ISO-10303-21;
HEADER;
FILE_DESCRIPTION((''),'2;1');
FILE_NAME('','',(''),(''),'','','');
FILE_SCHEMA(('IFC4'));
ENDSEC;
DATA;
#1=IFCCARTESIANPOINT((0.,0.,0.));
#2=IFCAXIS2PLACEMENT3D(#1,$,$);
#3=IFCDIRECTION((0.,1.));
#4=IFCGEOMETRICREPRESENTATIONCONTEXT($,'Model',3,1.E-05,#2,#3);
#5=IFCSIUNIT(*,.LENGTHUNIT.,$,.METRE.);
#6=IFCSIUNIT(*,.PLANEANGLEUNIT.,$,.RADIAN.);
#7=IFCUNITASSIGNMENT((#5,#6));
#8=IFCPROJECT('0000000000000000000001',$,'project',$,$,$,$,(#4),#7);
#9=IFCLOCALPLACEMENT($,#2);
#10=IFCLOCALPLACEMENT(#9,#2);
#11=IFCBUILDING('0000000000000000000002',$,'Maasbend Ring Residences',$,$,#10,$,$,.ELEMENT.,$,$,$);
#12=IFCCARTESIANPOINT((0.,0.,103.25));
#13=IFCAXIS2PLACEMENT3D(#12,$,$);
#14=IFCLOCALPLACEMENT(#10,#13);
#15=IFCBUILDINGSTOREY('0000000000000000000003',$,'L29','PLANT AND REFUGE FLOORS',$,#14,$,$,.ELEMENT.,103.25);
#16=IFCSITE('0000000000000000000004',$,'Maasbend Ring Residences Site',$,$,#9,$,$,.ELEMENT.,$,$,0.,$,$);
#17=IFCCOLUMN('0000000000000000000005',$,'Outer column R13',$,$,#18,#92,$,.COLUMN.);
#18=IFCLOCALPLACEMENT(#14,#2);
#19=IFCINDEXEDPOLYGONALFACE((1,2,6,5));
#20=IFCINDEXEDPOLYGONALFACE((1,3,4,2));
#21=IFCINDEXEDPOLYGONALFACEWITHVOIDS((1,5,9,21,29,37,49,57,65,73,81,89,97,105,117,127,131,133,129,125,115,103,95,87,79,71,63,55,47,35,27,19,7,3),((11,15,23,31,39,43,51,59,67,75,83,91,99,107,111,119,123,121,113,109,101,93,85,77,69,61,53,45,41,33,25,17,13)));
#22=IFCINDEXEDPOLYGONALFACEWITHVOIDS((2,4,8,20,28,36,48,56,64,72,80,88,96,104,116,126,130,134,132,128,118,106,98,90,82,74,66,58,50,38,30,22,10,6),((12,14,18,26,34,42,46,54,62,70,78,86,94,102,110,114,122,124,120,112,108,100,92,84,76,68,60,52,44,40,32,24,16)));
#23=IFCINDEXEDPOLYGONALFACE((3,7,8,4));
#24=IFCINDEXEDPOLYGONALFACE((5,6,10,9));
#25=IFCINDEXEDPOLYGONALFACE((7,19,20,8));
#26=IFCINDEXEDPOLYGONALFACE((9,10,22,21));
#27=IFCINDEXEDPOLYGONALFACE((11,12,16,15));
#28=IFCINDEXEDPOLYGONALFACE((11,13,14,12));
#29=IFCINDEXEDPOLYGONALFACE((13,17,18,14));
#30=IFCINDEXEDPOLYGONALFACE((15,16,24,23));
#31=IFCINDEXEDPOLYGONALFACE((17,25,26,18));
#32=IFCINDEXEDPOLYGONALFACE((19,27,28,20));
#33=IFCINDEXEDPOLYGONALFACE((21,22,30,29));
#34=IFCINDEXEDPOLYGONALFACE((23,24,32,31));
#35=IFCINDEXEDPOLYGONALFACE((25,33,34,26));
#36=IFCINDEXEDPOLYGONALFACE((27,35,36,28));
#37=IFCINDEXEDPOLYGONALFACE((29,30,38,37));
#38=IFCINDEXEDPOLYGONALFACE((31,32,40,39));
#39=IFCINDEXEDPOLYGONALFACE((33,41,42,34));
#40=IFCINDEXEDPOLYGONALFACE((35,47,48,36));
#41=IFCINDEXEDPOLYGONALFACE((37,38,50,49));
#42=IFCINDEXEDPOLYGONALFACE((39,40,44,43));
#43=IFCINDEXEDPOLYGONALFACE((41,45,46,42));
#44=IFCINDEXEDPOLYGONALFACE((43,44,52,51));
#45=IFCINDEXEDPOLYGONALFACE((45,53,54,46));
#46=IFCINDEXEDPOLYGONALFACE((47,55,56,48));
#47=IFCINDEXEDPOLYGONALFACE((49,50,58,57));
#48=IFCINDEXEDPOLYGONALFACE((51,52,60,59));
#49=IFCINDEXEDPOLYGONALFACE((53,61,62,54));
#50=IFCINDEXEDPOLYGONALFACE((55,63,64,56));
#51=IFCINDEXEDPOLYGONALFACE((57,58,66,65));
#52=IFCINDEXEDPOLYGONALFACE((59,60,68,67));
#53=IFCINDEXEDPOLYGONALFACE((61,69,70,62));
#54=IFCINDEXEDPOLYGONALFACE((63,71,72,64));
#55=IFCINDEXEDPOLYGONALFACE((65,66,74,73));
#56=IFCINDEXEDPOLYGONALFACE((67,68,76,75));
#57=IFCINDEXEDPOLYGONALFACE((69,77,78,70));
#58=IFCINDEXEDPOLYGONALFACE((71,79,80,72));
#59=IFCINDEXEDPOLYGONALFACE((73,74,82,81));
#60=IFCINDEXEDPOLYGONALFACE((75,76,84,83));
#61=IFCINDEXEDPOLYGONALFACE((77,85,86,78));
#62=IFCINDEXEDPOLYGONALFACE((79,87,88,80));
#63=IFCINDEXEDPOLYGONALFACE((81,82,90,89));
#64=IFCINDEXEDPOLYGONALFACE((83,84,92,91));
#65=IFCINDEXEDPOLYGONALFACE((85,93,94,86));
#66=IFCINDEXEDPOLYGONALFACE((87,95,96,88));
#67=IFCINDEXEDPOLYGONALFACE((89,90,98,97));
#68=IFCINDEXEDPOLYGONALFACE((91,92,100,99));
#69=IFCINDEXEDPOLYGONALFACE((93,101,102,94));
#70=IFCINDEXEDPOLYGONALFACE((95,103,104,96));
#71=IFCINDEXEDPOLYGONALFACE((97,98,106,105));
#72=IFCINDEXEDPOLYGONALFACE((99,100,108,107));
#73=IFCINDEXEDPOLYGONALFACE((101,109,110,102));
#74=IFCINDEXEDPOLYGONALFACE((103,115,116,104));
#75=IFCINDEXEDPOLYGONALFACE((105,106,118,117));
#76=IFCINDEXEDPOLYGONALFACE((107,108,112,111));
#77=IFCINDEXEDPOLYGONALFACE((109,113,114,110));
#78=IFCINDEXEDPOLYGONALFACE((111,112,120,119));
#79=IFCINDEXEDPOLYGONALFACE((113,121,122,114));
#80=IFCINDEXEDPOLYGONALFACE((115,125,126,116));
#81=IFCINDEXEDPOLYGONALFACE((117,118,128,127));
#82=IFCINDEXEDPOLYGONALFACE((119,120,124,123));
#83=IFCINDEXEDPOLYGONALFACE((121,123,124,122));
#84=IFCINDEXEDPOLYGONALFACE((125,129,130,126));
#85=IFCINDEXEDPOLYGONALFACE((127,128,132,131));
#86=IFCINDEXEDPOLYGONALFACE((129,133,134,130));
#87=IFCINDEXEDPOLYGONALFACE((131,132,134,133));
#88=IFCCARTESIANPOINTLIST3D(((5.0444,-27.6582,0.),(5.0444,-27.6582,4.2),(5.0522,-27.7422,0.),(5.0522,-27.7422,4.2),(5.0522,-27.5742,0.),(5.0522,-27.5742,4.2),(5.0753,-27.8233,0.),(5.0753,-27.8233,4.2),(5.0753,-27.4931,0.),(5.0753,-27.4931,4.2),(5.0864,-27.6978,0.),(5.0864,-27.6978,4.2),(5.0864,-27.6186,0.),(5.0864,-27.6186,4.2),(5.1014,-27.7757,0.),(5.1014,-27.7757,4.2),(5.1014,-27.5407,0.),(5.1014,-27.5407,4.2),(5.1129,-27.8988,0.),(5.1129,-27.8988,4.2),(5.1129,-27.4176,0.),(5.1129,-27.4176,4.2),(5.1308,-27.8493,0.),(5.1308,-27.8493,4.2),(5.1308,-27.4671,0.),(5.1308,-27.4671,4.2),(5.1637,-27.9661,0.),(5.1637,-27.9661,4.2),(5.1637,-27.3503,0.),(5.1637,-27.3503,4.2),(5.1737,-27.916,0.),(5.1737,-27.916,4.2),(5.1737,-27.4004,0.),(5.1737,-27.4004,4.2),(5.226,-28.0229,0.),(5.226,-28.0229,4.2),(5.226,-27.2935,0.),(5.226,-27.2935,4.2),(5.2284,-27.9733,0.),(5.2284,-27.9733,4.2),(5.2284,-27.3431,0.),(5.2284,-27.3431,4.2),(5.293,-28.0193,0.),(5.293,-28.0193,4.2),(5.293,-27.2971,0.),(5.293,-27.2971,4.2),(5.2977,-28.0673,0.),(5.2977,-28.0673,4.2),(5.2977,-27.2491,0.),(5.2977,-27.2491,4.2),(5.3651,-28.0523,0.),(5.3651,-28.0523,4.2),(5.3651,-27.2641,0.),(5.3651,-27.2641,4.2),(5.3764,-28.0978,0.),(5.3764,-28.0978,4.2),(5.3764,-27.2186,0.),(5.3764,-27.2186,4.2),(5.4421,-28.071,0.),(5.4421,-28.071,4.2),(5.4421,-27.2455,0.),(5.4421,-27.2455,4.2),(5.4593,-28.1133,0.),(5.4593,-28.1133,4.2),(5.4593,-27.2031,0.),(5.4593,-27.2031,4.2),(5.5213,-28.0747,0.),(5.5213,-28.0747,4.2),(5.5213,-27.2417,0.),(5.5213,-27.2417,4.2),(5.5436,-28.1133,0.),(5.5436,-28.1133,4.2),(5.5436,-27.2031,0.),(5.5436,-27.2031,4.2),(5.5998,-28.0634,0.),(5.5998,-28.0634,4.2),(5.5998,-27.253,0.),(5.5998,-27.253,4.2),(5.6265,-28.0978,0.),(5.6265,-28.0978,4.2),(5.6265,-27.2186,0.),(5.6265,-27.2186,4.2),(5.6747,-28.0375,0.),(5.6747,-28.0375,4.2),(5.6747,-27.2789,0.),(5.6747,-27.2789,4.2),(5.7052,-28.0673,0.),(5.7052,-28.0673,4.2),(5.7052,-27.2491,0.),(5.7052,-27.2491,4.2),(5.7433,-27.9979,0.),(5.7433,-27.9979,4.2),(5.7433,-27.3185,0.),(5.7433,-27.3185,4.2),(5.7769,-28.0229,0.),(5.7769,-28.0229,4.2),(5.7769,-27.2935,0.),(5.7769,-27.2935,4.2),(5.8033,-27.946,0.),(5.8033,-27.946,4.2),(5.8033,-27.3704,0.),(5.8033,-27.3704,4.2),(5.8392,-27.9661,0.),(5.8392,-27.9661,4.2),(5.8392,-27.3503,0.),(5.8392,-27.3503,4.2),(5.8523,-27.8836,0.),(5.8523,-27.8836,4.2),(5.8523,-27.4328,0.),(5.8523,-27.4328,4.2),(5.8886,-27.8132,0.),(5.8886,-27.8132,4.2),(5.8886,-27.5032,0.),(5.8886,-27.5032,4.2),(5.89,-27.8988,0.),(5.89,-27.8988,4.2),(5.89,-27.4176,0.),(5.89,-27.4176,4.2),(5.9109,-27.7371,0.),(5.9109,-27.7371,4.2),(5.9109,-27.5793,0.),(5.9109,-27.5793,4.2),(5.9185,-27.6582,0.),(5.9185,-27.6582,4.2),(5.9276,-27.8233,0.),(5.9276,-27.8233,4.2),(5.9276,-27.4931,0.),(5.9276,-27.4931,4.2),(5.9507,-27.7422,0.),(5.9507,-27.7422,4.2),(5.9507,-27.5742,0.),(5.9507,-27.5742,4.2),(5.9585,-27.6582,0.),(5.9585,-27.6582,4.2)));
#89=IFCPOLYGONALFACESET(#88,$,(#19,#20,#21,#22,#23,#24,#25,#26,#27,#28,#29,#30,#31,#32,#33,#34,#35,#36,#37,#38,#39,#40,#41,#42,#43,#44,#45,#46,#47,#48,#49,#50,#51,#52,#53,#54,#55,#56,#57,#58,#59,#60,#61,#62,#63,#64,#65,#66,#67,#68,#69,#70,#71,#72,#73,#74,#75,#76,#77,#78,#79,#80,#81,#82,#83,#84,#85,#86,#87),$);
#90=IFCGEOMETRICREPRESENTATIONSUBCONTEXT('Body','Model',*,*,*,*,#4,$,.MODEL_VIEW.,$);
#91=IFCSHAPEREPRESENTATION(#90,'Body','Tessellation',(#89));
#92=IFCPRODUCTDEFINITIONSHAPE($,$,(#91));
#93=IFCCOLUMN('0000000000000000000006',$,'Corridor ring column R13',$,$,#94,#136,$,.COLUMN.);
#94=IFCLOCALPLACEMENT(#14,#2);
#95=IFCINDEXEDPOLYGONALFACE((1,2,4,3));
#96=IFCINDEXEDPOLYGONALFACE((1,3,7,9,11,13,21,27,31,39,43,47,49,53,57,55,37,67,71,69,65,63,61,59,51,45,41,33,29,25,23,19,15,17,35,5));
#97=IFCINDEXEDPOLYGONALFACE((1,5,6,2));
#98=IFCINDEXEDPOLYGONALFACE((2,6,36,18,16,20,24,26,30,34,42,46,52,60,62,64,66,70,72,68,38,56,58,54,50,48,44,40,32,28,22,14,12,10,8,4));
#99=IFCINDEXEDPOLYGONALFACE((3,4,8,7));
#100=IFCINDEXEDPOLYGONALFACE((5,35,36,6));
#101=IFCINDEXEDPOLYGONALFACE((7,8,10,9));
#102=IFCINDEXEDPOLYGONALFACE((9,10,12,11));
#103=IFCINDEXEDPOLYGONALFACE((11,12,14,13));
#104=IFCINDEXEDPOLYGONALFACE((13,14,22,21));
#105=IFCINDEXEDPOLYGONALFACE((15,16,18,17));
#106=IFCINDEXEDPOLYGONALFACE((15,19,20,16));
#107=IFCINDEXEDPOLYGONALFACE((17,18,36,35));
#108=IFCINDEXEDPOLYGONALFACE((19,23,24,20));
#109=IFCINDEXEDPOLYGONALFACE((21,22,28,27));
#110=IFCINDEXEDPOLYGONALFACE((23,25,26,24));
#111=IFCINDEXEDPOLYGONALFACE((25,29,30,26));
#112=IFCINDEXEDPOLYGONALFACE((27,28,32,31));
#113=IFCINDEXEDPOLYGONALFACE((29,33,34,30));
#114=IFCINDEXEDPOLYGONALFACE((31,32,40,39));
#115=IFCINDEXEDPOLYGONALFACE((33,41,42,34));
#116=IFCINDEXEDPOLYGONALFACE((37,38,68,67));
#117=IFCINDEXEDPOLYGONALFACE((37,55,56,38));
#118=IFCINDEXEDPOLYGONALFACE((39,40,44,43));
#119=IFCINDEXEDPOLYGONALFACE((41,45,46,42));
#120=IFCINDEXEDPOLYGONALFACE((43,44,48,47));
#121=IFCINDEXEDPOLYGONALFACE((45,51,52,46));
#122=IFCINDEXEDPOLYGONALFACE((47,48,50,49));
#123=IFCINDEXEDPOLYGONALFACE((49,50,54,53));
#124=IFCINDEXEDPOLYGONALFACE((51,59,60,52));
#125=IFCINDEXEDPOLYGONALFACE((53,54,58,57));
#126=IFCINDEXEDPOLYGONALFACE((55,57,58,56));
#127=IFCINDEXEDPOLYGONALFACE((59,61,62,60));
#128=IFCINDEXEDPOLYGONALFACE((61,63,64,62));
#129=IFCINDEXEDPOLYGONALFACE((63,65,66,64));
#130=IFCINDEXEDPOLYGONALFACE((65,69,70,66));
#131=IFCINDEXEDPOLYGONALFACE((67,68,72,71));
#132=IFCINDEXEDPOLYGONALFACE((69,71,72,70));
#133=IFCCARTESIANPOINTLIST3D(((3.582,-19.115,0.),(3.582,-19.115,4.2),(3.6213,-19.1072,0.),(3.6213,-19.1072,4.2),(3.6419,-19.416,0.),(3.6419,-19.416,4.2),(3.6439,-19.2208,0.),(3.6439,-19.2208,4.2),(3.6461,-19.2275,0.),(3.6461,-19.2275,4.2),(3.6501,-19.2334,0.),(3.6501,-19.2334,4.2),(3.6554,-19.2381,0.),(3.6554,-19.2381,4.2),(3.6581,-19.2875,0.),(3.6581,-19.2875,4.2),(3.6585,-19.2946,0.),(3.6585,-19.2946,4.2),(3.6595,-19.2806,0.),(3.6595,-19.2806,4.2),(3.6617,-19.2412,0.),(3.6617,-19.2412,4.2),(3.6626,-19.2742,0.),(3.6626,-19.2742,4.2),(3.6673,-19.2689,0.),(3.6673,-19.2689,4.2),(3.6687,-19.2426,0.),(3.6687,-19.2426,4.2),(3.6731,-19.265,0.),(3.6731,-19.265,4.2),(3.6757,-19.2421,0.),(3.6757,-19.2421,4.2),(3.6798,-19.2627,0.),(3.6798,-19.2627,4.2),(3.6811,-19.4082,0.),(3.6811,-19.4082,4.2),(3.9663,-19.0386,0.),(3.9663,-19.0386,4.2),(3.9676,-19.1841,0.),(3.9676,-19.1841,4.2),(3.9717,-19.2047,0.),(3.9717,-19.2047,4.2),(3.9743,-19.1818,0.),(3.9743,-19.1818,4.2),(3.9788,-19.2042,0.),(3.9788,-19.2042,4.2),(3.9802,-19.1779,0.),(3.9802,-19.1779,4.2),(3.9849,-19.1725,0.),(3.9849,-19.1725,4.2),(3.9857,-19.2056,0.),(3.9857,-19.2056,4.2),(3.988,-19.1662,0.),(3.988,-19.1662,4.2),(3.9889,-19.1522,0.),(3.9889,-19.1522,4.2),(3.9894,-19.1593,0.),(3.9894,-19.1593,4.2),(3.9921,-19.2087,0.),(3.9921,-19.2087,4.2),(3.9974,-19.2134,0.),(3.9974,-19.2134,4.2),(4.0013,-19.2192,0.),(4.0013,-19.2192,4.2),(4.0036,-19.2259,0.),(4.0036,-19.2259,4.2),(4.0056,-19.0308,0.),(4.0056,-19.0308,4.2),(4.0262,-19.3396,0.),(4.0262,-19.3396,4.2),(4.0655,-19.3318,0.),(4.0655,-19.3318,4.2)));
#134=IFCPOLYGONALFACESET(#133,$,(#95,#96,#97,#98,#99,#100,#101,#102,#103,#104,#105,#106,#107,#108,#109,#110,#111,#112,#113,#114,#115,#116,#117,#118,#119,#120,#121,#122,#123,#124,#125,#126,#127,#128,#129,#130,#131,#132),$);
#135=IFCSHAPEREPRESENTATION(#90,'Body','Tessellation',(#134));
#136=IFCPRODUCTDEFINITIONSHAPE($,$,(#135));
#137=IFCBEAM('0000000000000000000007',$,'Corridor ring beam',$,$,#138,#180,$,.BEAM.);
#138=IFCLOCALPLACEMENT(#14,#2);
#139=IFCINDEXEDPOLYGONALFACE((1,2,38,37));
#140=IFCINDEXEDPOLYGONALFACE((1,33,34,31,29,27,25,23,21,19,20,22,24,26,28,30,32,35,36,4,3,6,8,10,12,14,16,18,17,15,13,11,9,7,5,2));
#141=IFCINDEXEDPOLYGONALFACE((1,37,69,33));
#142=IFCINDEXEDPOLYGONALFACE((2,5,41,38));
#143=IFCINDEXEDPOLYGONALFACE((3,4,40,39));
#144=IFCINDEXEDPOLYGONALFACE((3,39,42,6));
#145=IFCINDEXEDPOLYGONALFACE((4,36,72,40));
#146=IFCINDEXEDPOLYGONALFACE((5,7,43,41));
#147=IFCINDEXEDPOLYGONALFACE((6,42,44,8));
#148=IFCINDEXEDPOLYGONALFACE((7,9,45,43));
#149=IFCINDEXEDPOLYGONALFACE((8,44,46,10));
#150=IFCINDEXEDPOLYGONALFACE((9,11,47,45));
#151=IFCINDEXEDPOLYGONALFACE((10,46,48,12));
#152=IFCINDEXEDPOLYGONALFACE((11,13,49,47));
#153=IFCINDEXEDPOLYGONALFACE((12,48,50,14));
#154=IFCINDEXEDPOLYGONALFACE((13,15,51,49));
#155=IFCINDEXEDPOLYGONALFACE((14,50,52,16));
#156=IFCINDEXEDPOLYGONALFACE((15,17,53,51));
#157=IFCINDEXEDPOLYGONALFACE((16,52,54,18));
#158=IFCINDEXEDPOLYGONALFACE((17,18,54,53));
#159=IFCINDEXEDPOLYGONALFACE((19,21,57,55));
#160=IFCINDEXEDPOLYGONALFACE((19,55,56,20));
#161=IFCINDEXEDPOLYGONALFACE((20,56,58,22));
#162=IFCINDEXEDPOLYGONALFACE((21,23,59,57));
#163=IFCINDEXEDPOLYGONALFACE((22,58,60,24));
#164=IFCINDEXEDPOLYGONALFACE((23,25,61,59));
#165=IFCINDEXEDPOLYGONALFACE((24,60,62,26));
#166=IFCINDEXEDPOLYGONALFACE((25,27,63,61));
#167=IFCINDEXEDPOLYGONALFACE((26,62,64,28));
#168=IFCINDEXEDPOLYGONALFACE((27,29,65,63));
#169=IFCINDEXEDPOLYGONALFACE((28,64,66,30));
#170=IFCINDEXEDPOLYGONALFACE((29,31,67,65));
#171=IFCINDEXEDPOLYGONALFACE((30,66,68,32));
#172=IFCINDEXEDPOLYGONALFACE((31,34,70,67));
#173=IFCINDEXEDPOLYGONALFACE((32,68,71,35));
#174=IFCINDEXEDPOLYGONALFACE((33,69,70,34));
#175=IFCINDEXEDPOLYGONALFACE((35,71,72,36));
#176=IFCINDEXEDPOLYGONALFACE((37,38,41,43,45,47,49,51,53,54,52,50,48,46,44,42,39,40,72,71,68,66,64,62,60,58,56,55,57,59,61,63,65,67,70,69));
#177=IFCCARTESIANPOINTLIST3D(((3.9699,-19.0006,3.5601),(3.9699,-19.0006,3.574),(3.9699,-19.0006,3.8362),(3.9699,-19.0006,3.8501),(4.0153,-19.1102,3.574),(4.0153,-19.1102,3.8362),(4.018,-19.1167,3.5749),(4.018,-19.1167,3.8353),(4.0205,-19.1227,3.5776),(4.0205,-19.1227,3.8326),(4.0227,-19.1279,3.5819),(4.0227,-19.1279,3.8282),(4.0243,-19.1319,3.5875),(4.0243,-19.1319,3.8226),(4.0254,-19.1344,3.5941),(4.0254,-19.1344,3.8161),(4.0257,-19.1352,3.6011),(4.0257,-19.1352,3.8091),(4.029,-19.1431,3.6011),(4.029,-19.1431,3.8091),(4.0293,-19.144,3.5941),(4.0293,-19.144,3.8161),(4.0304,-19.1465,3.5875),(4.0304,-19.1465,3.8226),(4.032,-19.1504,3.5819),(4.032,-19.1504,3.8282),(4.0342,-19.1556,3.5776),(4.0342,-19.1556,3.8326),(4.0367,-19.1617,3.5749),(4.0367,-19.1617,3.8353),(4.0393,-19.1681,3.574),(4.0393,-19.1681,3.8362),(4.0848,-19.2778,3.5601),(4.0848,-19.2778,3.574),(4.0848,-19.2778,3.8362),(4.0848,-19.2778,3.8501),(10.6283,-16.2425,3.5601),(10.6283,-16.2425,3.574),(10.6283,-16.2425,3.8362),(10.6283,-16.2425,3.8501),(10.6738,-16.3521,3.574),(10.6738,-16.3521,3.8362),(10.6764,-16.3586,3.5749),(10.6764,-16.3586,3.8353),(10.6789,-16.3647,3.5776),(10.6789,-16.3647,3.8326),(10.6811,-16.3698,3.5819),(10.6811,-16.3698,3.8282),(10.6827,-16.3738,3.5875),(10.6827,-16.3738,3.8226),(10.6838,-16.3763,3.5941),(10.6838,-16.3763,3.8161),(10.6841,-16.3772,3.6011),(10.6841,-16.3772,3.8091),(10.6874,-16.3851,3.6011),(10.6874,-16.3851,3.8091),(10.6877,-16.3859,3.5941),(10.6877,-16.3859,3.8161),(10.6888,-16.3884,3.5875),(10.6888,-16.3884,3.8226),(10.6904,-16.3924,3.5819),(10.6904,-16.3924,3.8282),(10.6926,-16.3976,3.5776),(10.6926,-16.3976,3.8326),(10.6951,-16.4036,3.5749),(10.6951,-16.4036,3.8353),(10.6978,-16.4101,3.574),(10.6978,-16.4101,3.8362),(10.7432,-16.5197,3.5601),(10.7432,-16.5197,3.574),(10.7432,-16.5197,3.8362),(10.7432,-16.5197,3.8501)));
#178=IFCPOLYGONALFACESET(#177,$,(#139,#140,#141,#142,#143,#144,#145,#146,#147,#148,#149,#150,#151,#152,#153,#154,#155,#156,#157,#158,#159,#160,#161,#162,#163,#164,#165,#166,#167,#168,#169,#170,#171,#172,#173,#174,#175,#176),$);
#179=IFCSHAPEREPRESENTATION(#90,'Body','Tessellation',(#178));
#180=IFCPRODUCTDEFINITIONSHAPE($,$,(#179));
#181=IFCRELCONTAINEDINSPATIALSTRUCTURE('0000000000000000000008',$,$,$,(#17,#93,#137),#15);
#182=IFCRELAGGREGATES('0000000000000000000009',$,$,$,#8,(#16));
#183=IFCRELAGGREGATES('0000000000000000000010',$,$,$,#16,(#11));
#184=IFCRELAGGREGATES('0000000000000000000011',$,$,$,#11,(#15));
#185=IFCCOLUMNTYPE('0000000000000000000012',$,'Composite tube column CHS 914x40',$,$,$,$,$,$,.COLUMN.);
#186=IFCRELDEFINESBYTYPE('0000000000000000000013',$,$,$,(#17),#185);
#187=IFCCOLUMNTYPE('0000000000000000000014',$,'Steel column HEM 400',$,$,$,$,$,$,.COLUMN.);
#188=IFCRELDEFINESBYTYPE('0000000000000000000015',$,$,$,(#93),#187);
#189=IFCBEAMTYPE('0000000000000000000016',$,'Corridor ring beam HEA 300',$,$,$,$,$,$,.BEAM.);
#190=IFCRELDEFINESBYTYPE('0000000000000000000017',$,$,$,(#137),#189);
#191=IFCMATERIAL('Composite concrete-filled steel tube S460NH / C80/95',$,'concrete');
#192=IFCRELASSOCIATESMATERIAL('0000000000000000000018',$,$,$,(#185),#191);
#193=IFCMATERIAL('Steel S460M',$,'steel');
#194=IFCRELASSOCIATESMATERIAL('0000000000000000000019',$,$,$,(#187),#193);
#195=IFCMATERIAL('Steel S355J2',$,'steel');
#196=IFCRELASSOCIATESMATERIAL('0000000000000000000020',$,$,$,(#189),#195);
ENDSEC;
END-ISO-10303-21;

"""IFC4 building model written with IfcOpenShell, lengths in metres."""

from ifc_helpers import new_model, si_unit, direction, frame, origin, origin_2d, place, context, subcontext, project, spatial, hollow_circle, i_section, extrude, material, material_profile, profile_set, type_object, element, save


model = new_model("IFC4")

# Units and contexts
model_context = context("Model", 3, precision=1e-05, world=origin(), true_north=direction((0.0, 1.0)))
body_context = subcontext(model_context, "Body", "Model", "MODEL_VIEW")
ifc_project = project(units=[si_unit("LENGTHUNIT", "METRE"), si_unit("PLANEANGLEUNIT", "RADIAN")], contexts=[model_context])

# Site, building, storey
site_placement = place(None, origin())
site = spatial("IfcSite", under=ifc_project, at=site_placement, Name="Maasbend Ring Residences Site", CompositionType="ELEMENT", RefElevation=0.0)
building_placement = place(site_placement, origin())
building = spatial("IfcBuilding", under=site, at=building_placement, Name="Maasbend Ring Residences", CompositionType="ELEMENT")
storey_placement = place(building_placement, frame((0.0, 0.0, 103.25)))
storey = spatial("IfcBuildingStorey", under=building, at=storey_placement, Name="L29", Description="PLANT AND REFUGE FLOORS", CompositionType="ELEMENT", Elevation=103.25)

# Columns
ifc_material_1 = material(Name="Composite concrete-filled steel tube S460NH / C80/95", Category="concrete")
ifc_material_profile_1 = material_profile(ifc_material_1, hollow_circle(Radius=0.457, WallThickness=0.04, at=origin_2d()), Name="Composite tube column CHS 914x40")
ifc_profile_set_1 = profile_set([ifc_material_profile_1], Name="Composite concrete-filled steel tube S460NH / C80/95")
column_type_1 = type_object("IfcColumnType", Name="Composite tube column CHS 914x40", PredefinedType="COLUMN", material=ifc_profile_set_1)
column_1_placement = place(storey_placement, frame((5.5015, -27.6582, 0.0), z_axis=(0.0, 0.0, 1.0), x_axis=(1.0, 0.0, 0.0)))
element("IfcColumn", 1, at=column_1_placement, inside=storey, type_object=column_type_1, Name="Outer column R13", PredefinedType="COLUMN", context=body_context, shape_type="SweptSolid", body=[
    extrude(hollow_circle(Radius=0.457, WallThickness=0.04, at=origin_2d()), origin(), (0.0, 0.0, 1.0), 4.2),
])
ifc_material_2 = material(Name="Steel S460M", Category="steel")
ifc_material_profile_2 = material_profile(ifc_material_2, i_section(OverallWidth=0.3069, OverallDepth=0.4319, WebThickness=0.021, FlangeThickness=0.04, FilletRadius=0.0271, at=origin_2d()), Name="HEM 400")
ifc_profile_set_2 = profile_set([ifc_material_profile_2], Name="Steel S460M")
column_type_2 = type_object("IfcColumnType", Name="Steel column HEM 400", PredefinedType="COLUMN", material=ifc_profile_set_2)
column_2_placement = place(storey_placement, frame((3.8237, -19.2234, 0.0), z_axis=(0.0, 0.0, 1.0), x_axis=(0.19509, -0.980785, 0.0)))
element("IfcColumn", 2, at=column_2_placement, inside=storey, type_object=column_type_2, Name="Corridor ring column R13", PredefinedType="COLUMN", context=body_context, shape_type="SweptSolid", body=[
    extrude(i_section(OverallWidth=0.3069, OverallDepth=0.4319, WebThickness=0.021, FlangeThickness=0.04, FilletRadius=0.0271, at=origin_2d()), origin(), (0.0, 0.0, 1.0), 4.2),
])

# Beam
ifc_material_3 = material(Name="Steel S355J2", Category="steel")
ifc_material_profile_3 = material_profile(ifc_material_3, i_section(OverallWidth=0.3, OverallDepth=0.29, WebThickness=0.0085, FlangeThickness=0.0139, FilletRadius=0.0271, at=origin_2d()), Name="HEA 300")
ifc_profile_set_3 = profile_set([ifc_material_profile_3], Name="Steel S355J2")
beam_type_1 = type_object("IfcBeamType", Name="Corridor ring beam HEA 300", PredefinedType="BEAM", material=ifc_profile_set_3)
beam_1_placement = place(storey_placement, frame((4.0273, -19.1392, 3.7051), z_axis=(0.923878, 0.382688, 0.0), x_axis=(-0.382688, 0.923878, 0.0)))
element("IfcBeam", 3, at=beam_1_placement, inside=storey, type_object=beam_type_1, Name="Corridor ring beam", PredefinedType="BEAM", context=body_context, shape_type="SweptSolid", body=[
    extrude(i_section(OverallWidth=0.3, OverallDepth=0.29, WebThickness=0.0085, FlangeThickness=0.0139, FilletRadius=0.0271, at=origin_2d()), origin(), (0.0, 0.0, 1.0), 7.207),
])

save(model, "model.ifc")
